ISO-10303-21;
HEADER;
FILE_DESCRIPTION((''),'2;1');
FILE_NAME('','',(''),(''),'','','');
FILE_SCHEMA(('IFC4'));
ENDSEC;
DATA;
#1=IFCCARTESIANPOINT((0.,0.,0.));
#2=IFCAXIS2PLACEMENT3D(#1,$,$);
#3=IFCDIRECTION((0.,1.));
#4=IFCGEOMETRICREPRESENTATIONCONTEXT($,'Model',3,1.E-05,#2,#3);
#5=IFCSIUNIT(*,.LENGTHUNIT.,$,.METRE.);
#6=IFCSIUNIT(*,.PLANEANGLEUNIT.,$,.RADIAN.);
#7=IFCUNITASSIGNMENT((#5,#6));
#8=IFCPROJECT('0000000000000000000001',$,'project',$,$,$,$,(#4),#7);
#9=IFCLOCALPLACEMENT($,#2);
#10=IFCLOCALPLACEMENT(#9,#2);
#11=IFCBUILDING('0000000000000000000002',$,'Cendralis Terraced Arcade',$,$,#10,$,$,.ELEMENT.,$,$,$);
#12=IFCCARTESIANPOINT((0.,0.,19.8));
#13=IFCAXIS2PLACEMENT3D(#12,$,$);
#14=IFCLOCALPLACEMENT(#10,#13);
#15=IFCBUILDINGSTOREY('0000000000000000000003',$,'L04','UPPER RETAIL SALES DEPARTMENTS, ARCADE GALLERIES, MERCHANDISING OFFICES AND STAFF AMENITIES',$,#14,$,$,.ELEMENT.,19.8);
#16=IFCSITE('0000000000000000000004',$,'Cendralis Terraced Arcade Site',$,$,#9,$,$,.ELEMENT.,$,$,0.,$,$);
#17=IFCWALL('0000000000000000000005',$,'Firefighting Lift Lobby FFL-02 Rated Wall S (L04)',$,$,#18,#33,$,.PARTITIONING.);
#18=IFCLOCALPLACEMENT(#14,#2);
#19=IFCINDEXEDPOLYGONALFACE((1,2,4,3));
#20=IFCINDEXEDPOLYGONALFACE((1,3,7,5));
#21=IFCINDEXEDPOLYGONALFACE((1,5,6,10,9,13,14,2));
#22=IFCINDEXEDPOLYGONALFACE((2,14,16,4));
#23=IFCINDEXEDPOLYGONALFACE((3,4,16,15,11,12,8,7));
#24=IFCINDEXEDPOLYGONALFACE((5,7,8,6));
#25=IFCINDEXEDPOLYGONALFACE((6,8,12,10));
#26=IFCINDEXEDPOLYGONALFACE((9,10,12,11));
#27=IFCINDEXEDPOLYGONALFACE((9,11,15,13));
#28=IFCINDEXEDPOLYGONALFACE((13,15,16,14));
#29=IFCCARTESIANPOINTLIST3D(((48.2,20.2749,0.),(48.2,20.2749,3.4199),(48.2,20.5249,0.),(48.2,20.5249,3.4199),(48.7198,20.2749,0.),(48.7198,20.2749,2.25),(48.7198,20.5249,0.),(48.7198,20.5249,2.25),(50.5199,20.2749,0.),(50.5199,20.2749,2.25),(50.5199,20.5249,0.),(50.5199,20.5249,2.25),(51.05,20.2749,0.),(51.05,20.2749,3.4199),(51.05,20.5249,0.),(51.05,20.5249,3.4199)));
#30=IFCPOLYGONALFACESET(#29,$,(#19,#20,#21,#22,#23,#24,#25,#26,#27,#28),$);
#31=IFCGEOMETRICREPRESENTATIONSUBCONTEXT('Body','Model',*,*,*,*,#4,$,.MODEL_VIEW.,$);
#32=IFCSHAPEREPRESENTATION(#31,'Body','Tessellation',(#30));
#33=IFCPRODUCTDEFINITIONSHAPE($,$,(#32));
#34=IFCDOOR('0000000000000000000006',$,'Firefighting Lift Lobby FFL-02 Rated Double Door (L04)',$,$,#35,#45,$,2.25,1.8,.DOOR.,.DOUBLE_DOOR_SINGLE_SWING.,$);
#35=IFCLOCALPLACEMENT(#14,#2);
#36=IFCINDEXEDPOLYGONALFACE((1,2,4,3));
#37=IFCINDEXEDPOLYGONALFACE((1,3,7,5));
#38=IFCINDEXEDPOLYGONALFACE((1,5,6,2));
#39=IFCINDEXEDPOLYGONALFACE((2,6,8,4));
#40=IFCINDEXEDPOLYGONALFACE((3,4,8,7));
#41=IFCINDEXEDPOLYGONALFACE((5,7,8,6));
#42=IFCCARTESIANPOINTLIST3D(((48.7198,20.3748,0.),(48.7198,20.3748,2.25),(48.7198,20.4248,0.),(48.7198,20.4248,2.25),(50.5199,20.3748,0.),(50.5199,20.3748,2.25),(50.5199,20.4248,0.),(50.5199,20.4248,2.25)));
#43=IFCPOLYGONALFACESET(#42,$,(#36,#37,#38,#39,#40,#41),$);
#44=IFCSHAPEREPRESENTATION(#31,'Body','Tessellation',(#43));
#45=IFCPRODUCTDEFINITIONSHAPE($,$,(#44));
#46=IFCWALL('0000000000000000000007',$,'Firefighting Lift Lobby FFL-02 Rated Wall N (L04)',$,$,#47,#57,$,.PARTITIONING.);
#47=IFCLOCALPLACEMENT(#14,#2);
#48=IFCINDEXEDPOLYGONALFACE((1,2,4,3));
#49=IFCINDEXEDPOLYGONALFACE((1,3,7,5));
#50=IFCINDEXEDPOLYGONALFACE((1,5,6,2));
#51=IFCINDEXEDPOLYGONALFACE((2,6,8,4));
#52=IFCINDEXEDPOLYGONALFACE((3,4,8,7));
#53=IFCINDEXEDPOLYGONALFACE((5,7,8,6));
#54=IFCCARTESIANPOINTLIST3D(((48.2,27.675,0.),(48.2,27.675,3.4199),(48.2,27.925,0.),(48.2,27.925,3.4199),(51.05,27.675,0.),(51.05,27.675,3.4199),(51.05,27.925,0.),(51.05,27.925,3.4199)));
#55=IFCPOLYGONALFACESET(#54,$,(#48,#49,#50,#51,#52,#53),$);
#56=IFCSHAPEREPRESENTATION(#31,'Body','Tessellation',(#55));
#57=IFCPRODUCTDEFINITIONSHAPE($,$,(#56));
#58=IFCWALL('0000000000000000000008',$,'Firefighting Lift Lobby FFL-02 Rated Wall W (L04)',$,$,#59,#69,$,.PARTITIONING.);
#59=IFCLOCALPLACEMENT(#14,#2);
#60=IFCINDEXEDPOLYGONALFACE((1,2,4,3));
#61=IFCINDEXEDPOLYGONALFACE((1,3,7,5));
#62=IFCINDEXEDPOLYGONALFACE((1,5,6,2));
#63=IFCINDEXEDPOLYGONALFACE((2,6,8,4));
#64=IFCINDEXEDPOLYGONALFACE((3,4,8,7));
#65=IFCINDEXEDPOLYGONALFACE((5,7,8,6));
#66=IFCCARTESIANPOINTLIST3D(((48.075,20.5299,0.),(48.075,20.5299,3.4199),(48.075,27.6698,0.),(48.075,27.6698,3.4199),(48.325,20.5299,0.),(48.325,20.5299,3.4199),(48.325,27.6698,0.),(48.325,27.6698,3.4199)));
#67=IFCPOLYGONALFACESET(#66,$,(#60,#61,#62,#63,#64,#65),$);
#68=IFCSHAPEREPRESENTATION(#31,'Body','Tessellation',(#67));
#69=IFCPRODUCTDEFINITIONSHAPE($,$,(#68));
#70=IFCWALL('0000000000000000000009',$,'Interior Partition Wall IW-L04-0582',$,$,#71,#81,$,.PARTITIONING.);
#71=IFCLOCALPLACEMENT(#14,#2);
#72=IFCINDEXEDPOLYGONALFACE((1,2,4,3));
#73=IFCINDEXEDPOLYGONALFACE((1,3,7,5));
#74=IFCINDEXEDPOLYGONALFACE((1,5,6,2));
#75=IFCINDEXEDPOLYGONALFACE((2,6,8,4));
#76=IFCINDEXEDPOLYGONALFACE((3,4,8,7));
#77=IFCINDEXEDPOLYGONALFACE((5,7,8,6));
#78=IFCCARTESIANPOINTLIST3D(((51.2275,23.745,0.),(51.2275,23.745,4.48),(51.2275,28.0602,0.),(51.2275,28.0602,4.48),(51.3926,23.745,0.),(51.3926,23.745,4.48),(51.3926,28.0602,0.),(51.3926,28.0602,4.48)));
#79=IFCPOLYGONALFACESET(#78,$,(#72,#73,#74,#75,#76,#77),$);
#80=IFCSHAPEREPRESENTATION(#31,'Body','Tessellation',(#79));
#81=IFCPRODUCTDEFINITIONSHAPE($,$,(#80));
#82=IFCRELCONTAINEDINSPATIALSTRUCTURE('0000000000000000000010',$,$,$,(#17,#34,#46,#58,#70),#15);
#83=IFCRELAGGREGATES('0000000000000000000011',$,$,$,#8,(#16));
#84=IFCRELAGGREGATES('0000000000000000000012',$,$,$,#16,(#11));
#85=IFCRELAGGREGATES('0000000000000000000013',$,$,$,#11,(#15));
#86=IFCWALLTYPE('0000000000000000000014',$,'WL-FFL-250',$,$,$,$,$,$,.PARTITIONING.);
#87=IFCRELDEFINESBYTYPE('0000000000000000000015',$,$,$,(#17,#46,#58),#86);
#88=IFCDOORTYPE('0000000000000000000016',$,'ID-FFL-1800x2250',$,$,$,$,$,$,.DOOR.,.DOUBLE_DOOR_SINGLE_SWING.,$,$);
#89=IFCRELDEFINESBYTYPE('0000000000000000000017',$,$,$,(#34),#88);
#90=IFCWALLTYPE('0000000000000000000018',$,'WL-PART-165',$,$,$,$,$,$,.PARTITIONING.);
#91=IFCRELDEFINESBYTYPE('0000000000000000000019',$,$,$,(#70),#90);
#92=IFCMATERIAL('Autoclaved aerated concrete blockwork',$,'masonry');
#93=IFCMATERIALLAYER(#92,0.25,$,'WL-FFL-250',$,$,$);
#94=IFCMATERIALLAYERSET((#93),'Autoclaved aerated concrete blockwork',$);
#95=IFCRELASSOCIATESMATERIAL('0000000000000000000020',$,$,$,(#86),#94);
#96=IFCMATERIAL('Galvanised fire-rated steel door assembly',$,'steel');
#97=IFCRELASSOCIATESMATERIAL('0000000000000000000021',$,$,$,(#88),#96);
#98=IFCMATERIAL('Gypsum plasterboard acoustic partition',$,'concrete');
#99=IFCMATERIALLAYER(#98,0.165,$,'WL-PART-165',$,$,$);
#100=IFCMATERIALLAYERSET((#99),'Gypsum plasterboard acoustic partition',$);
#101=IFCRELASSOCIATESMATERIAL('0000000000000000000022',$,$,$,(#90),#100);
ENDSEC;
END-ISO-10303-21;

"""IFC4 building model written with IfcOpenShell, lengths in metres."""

from ifc_helpers import new_model, si_unit, direction, frame, frame_2d, origin, place, context, subcontext, project, spatial, rectangle, extrude, material, layer, layer_set, type_object, element, fill, save


model = new_model("IFC4")

# Units and contexts
model_context = context("Model", 3, precision=1e-05, world=origin(), true_north=direction((0.0, 1.0)))
body_context = subcontext(model_context, "Body", "Model", "MODEL_VIEW")
ifc_project = project(units=[si_unit("LENGTHUNIT", "METRE"), si_unit("PLANEANGLEUNIT", "RADIAN")], contexts=[model_context])

# Site, building, storey
site_placement = place(None, origin())
site = spatial("IfcSite", under=ifc_project, at=site_placement, Name="Cendralis Terraced Arcade Site", CompositionType="ELEMENT", RefElevation=0.0)
building_placement = place(site_placement, origin())
building = spatial("IfcBuilding", under=site, at=building_placement, Name="Cendralis Terraced Arcade", CompositionType="ELEMENT")
storey_placement = place(building_placement, frame((0.0, 0.0, 19.8)))
storey = spatial("IfcBuildingStorey", under=building, at=storey_placement, Name="L04", Description="UPPER RETAIL SALES DEPARTMENTS, ARCADE GALLERIES, MERCHANDISING OFFICES AND STAFF AMENITIES", CompositionType="ELEMENT", Elevation=19.8)

# Shared definitions
ifc_material_1 = material(Name="Galvanised fire-rated steel door assembly", Category="steel")

# Wall, opening, door
ifc_material_2 = material(Name="Autoclaved aerated concrete blockwork", Category="masonry")
ifc_layer_1 = layer(ifc_material_2, 0.25, Name="WL-FFL-250")
ifc_layer_set_1 = layer_set([ifc_layer_1], Name="Autoclaved aerated concrete blockwork")
wall_type_1 = type_object("IfcWallType", Name="WL-FFL-250", PredefinedType="PARTITIONING", material=ifc_layer_set_1)
wall_1_placement = place(storey_placement, frame((48.2, 20.3999, 0.0), z_axis=(0.0, 0.0, 1.0), x_axis=(1.0, 0.0, 0.0)))
wall_1 = element("IfcWall", 1, at=wall_1_placement, inside=storey, type_object=wall_type_1, Name="Firefighting Lift Lobby FFL-02 Rated Wall S (L04)", PredefinedType="PARTITIONING", context=body_context, shape_type="SweptSolid", body=[
    extrude(rectangle(XDim=2.8501, YDim=0.25, at=frame_2d((1.425, 0.0))), origin(), (0.0, 0.0, 1.0), 3.4199),
])
opening_1_placement = place(wall_1_placement, frame((0.52, 0.0, 0.0)))
opening_1 = element("IfcOpeningElement", 2, at=opening_1_placement, cuts=wall_1, PredefinedType="OPENING", context=body_context, shape_type="SweptSolid", body=[
    extrude(rectangle(XDim=1.8, YDim=2.25, at=frame_2d((0.8999, 1.125))), frame((0.0, 0.137, 0.0), z_axis=(0.0, -1.0, 0.0), x_axis=(1.0, 0.0, 0.0)), (0.0, 0.0, 1.0), 0.2739),
])
door_type_1 = type_object("IfcDoorType", Name="ID-FFL-1800x2250", OperationType="DOUBLE_DOOR_SINGLE_SWING", PredefinedType="DOOR", material=ifc_material_1)
door_1_placement = place(opening_1_placement, origin())
door_1 = element("IfcDoor", 3, at=door_1_placement, inside=storey, type_object=door_type_1, Name="Firefighting Lift Lobby FFL-02 Rated Double Door (L04)", OperationType="DOUBLE_DOOR_SINGLE_SWING", OverallHeight=2.25, OverallWidth=1.8, PredefinedType="DOOR", context=body_context, shape_type="SweptSolid", body=[
    extrude(rectangle(XDim=1.8, YDim=2.25, at=frame_2d((0.8999, 1.125))), frame((0.0, 0.0249, 0.0), z_axis=(0.0, -1.0, 0.0), x_axis=(1.0, 0.0, 0.0)), (0.0, 0.0, 1.0), 0.05),
])
fill(opening_1, door_1)

# Walls
wall_2_placement = place(storey_placement, frame((48.2, 27.8, 0.0), z_axis=(0.0, 0.0, 1.0), x_axis=(1.0, 0.0, 0.0)))
element("IfcWall", 4, at=wall_2_placement, inside=storey, type_object=wall_type_1, Name="Firefighting Lift Lobby FFL-02 Rated Wall N (L04)", PredefinedType="PARTITIONING", context=body_context, shape_type="SweptSolid", body=[
    extrude(rectangle(XDim=2.8501, YDim=0.25, at=frame_2d((1.425, 0.0))), origin(), (0.0, 0.0, 1.0), 3.4199),
])
wall_3_placement = place(storey_placement, frame((48.2, 20.53, 0.0), z_axis=(0.0, 0.0, 1.0), x_axis=(0.0, 1.0, 0.0)))
element("IfcWall", 5, at=wall_3_placement, inside=storey, type_object=wall_type_1, Name="Firefighting Lift Lobby FFL-02 Rated Wall W (L04)", PredefinedType="PARTITIONING", context=body_context, shape_type="SweptSolid", body=[
    extrude(rectangle(XDim=7.1399, YDim=0.25, at=frame_2d((3.5698, 0.0))), origin(), (0.0, 0.0, 1.0), 3.4199),
])
ifc_material_3 = material(Name="Gypsum plasterboard acoustic partition", Category="concrete")
ifc_layer_2 = layer(ifc_material_3, 0.165, Name="WL-PART-165")
ifc_layer_set_2 = layer_set([ifc_layer_2], Name="Gypsum plasterboard acoustic partition")
wall_type_2 = type_object("IfcWallType", Name="WL-PART-165", PredefinedType="PARTITIONING", material=ifc_layer_set_2)
wall_4_placement = place(storey_placement, frame((51.3101, 23.7449, 0.0), z_axis=(0.0, 0.0, 1.0), x_axis=(0.0, 1.0, 0.0)))
element("IfcWall", 6, at=wall_4_placement, inside=storey, type_object=wall_type_2, Name="Interior Partition Wall IW-L04-0582", PredefinedType="PARTITIONING", context=body_context, shape_type="SweptSolid", body=[
    extrude(rectangle(XDim=4.3152, YDim=0.165, at=frame_2d((2.1577, 0.0))), origin(), (0.0, 0.0, 1.0), 4.48),
])

save(model, "model.ifc")
